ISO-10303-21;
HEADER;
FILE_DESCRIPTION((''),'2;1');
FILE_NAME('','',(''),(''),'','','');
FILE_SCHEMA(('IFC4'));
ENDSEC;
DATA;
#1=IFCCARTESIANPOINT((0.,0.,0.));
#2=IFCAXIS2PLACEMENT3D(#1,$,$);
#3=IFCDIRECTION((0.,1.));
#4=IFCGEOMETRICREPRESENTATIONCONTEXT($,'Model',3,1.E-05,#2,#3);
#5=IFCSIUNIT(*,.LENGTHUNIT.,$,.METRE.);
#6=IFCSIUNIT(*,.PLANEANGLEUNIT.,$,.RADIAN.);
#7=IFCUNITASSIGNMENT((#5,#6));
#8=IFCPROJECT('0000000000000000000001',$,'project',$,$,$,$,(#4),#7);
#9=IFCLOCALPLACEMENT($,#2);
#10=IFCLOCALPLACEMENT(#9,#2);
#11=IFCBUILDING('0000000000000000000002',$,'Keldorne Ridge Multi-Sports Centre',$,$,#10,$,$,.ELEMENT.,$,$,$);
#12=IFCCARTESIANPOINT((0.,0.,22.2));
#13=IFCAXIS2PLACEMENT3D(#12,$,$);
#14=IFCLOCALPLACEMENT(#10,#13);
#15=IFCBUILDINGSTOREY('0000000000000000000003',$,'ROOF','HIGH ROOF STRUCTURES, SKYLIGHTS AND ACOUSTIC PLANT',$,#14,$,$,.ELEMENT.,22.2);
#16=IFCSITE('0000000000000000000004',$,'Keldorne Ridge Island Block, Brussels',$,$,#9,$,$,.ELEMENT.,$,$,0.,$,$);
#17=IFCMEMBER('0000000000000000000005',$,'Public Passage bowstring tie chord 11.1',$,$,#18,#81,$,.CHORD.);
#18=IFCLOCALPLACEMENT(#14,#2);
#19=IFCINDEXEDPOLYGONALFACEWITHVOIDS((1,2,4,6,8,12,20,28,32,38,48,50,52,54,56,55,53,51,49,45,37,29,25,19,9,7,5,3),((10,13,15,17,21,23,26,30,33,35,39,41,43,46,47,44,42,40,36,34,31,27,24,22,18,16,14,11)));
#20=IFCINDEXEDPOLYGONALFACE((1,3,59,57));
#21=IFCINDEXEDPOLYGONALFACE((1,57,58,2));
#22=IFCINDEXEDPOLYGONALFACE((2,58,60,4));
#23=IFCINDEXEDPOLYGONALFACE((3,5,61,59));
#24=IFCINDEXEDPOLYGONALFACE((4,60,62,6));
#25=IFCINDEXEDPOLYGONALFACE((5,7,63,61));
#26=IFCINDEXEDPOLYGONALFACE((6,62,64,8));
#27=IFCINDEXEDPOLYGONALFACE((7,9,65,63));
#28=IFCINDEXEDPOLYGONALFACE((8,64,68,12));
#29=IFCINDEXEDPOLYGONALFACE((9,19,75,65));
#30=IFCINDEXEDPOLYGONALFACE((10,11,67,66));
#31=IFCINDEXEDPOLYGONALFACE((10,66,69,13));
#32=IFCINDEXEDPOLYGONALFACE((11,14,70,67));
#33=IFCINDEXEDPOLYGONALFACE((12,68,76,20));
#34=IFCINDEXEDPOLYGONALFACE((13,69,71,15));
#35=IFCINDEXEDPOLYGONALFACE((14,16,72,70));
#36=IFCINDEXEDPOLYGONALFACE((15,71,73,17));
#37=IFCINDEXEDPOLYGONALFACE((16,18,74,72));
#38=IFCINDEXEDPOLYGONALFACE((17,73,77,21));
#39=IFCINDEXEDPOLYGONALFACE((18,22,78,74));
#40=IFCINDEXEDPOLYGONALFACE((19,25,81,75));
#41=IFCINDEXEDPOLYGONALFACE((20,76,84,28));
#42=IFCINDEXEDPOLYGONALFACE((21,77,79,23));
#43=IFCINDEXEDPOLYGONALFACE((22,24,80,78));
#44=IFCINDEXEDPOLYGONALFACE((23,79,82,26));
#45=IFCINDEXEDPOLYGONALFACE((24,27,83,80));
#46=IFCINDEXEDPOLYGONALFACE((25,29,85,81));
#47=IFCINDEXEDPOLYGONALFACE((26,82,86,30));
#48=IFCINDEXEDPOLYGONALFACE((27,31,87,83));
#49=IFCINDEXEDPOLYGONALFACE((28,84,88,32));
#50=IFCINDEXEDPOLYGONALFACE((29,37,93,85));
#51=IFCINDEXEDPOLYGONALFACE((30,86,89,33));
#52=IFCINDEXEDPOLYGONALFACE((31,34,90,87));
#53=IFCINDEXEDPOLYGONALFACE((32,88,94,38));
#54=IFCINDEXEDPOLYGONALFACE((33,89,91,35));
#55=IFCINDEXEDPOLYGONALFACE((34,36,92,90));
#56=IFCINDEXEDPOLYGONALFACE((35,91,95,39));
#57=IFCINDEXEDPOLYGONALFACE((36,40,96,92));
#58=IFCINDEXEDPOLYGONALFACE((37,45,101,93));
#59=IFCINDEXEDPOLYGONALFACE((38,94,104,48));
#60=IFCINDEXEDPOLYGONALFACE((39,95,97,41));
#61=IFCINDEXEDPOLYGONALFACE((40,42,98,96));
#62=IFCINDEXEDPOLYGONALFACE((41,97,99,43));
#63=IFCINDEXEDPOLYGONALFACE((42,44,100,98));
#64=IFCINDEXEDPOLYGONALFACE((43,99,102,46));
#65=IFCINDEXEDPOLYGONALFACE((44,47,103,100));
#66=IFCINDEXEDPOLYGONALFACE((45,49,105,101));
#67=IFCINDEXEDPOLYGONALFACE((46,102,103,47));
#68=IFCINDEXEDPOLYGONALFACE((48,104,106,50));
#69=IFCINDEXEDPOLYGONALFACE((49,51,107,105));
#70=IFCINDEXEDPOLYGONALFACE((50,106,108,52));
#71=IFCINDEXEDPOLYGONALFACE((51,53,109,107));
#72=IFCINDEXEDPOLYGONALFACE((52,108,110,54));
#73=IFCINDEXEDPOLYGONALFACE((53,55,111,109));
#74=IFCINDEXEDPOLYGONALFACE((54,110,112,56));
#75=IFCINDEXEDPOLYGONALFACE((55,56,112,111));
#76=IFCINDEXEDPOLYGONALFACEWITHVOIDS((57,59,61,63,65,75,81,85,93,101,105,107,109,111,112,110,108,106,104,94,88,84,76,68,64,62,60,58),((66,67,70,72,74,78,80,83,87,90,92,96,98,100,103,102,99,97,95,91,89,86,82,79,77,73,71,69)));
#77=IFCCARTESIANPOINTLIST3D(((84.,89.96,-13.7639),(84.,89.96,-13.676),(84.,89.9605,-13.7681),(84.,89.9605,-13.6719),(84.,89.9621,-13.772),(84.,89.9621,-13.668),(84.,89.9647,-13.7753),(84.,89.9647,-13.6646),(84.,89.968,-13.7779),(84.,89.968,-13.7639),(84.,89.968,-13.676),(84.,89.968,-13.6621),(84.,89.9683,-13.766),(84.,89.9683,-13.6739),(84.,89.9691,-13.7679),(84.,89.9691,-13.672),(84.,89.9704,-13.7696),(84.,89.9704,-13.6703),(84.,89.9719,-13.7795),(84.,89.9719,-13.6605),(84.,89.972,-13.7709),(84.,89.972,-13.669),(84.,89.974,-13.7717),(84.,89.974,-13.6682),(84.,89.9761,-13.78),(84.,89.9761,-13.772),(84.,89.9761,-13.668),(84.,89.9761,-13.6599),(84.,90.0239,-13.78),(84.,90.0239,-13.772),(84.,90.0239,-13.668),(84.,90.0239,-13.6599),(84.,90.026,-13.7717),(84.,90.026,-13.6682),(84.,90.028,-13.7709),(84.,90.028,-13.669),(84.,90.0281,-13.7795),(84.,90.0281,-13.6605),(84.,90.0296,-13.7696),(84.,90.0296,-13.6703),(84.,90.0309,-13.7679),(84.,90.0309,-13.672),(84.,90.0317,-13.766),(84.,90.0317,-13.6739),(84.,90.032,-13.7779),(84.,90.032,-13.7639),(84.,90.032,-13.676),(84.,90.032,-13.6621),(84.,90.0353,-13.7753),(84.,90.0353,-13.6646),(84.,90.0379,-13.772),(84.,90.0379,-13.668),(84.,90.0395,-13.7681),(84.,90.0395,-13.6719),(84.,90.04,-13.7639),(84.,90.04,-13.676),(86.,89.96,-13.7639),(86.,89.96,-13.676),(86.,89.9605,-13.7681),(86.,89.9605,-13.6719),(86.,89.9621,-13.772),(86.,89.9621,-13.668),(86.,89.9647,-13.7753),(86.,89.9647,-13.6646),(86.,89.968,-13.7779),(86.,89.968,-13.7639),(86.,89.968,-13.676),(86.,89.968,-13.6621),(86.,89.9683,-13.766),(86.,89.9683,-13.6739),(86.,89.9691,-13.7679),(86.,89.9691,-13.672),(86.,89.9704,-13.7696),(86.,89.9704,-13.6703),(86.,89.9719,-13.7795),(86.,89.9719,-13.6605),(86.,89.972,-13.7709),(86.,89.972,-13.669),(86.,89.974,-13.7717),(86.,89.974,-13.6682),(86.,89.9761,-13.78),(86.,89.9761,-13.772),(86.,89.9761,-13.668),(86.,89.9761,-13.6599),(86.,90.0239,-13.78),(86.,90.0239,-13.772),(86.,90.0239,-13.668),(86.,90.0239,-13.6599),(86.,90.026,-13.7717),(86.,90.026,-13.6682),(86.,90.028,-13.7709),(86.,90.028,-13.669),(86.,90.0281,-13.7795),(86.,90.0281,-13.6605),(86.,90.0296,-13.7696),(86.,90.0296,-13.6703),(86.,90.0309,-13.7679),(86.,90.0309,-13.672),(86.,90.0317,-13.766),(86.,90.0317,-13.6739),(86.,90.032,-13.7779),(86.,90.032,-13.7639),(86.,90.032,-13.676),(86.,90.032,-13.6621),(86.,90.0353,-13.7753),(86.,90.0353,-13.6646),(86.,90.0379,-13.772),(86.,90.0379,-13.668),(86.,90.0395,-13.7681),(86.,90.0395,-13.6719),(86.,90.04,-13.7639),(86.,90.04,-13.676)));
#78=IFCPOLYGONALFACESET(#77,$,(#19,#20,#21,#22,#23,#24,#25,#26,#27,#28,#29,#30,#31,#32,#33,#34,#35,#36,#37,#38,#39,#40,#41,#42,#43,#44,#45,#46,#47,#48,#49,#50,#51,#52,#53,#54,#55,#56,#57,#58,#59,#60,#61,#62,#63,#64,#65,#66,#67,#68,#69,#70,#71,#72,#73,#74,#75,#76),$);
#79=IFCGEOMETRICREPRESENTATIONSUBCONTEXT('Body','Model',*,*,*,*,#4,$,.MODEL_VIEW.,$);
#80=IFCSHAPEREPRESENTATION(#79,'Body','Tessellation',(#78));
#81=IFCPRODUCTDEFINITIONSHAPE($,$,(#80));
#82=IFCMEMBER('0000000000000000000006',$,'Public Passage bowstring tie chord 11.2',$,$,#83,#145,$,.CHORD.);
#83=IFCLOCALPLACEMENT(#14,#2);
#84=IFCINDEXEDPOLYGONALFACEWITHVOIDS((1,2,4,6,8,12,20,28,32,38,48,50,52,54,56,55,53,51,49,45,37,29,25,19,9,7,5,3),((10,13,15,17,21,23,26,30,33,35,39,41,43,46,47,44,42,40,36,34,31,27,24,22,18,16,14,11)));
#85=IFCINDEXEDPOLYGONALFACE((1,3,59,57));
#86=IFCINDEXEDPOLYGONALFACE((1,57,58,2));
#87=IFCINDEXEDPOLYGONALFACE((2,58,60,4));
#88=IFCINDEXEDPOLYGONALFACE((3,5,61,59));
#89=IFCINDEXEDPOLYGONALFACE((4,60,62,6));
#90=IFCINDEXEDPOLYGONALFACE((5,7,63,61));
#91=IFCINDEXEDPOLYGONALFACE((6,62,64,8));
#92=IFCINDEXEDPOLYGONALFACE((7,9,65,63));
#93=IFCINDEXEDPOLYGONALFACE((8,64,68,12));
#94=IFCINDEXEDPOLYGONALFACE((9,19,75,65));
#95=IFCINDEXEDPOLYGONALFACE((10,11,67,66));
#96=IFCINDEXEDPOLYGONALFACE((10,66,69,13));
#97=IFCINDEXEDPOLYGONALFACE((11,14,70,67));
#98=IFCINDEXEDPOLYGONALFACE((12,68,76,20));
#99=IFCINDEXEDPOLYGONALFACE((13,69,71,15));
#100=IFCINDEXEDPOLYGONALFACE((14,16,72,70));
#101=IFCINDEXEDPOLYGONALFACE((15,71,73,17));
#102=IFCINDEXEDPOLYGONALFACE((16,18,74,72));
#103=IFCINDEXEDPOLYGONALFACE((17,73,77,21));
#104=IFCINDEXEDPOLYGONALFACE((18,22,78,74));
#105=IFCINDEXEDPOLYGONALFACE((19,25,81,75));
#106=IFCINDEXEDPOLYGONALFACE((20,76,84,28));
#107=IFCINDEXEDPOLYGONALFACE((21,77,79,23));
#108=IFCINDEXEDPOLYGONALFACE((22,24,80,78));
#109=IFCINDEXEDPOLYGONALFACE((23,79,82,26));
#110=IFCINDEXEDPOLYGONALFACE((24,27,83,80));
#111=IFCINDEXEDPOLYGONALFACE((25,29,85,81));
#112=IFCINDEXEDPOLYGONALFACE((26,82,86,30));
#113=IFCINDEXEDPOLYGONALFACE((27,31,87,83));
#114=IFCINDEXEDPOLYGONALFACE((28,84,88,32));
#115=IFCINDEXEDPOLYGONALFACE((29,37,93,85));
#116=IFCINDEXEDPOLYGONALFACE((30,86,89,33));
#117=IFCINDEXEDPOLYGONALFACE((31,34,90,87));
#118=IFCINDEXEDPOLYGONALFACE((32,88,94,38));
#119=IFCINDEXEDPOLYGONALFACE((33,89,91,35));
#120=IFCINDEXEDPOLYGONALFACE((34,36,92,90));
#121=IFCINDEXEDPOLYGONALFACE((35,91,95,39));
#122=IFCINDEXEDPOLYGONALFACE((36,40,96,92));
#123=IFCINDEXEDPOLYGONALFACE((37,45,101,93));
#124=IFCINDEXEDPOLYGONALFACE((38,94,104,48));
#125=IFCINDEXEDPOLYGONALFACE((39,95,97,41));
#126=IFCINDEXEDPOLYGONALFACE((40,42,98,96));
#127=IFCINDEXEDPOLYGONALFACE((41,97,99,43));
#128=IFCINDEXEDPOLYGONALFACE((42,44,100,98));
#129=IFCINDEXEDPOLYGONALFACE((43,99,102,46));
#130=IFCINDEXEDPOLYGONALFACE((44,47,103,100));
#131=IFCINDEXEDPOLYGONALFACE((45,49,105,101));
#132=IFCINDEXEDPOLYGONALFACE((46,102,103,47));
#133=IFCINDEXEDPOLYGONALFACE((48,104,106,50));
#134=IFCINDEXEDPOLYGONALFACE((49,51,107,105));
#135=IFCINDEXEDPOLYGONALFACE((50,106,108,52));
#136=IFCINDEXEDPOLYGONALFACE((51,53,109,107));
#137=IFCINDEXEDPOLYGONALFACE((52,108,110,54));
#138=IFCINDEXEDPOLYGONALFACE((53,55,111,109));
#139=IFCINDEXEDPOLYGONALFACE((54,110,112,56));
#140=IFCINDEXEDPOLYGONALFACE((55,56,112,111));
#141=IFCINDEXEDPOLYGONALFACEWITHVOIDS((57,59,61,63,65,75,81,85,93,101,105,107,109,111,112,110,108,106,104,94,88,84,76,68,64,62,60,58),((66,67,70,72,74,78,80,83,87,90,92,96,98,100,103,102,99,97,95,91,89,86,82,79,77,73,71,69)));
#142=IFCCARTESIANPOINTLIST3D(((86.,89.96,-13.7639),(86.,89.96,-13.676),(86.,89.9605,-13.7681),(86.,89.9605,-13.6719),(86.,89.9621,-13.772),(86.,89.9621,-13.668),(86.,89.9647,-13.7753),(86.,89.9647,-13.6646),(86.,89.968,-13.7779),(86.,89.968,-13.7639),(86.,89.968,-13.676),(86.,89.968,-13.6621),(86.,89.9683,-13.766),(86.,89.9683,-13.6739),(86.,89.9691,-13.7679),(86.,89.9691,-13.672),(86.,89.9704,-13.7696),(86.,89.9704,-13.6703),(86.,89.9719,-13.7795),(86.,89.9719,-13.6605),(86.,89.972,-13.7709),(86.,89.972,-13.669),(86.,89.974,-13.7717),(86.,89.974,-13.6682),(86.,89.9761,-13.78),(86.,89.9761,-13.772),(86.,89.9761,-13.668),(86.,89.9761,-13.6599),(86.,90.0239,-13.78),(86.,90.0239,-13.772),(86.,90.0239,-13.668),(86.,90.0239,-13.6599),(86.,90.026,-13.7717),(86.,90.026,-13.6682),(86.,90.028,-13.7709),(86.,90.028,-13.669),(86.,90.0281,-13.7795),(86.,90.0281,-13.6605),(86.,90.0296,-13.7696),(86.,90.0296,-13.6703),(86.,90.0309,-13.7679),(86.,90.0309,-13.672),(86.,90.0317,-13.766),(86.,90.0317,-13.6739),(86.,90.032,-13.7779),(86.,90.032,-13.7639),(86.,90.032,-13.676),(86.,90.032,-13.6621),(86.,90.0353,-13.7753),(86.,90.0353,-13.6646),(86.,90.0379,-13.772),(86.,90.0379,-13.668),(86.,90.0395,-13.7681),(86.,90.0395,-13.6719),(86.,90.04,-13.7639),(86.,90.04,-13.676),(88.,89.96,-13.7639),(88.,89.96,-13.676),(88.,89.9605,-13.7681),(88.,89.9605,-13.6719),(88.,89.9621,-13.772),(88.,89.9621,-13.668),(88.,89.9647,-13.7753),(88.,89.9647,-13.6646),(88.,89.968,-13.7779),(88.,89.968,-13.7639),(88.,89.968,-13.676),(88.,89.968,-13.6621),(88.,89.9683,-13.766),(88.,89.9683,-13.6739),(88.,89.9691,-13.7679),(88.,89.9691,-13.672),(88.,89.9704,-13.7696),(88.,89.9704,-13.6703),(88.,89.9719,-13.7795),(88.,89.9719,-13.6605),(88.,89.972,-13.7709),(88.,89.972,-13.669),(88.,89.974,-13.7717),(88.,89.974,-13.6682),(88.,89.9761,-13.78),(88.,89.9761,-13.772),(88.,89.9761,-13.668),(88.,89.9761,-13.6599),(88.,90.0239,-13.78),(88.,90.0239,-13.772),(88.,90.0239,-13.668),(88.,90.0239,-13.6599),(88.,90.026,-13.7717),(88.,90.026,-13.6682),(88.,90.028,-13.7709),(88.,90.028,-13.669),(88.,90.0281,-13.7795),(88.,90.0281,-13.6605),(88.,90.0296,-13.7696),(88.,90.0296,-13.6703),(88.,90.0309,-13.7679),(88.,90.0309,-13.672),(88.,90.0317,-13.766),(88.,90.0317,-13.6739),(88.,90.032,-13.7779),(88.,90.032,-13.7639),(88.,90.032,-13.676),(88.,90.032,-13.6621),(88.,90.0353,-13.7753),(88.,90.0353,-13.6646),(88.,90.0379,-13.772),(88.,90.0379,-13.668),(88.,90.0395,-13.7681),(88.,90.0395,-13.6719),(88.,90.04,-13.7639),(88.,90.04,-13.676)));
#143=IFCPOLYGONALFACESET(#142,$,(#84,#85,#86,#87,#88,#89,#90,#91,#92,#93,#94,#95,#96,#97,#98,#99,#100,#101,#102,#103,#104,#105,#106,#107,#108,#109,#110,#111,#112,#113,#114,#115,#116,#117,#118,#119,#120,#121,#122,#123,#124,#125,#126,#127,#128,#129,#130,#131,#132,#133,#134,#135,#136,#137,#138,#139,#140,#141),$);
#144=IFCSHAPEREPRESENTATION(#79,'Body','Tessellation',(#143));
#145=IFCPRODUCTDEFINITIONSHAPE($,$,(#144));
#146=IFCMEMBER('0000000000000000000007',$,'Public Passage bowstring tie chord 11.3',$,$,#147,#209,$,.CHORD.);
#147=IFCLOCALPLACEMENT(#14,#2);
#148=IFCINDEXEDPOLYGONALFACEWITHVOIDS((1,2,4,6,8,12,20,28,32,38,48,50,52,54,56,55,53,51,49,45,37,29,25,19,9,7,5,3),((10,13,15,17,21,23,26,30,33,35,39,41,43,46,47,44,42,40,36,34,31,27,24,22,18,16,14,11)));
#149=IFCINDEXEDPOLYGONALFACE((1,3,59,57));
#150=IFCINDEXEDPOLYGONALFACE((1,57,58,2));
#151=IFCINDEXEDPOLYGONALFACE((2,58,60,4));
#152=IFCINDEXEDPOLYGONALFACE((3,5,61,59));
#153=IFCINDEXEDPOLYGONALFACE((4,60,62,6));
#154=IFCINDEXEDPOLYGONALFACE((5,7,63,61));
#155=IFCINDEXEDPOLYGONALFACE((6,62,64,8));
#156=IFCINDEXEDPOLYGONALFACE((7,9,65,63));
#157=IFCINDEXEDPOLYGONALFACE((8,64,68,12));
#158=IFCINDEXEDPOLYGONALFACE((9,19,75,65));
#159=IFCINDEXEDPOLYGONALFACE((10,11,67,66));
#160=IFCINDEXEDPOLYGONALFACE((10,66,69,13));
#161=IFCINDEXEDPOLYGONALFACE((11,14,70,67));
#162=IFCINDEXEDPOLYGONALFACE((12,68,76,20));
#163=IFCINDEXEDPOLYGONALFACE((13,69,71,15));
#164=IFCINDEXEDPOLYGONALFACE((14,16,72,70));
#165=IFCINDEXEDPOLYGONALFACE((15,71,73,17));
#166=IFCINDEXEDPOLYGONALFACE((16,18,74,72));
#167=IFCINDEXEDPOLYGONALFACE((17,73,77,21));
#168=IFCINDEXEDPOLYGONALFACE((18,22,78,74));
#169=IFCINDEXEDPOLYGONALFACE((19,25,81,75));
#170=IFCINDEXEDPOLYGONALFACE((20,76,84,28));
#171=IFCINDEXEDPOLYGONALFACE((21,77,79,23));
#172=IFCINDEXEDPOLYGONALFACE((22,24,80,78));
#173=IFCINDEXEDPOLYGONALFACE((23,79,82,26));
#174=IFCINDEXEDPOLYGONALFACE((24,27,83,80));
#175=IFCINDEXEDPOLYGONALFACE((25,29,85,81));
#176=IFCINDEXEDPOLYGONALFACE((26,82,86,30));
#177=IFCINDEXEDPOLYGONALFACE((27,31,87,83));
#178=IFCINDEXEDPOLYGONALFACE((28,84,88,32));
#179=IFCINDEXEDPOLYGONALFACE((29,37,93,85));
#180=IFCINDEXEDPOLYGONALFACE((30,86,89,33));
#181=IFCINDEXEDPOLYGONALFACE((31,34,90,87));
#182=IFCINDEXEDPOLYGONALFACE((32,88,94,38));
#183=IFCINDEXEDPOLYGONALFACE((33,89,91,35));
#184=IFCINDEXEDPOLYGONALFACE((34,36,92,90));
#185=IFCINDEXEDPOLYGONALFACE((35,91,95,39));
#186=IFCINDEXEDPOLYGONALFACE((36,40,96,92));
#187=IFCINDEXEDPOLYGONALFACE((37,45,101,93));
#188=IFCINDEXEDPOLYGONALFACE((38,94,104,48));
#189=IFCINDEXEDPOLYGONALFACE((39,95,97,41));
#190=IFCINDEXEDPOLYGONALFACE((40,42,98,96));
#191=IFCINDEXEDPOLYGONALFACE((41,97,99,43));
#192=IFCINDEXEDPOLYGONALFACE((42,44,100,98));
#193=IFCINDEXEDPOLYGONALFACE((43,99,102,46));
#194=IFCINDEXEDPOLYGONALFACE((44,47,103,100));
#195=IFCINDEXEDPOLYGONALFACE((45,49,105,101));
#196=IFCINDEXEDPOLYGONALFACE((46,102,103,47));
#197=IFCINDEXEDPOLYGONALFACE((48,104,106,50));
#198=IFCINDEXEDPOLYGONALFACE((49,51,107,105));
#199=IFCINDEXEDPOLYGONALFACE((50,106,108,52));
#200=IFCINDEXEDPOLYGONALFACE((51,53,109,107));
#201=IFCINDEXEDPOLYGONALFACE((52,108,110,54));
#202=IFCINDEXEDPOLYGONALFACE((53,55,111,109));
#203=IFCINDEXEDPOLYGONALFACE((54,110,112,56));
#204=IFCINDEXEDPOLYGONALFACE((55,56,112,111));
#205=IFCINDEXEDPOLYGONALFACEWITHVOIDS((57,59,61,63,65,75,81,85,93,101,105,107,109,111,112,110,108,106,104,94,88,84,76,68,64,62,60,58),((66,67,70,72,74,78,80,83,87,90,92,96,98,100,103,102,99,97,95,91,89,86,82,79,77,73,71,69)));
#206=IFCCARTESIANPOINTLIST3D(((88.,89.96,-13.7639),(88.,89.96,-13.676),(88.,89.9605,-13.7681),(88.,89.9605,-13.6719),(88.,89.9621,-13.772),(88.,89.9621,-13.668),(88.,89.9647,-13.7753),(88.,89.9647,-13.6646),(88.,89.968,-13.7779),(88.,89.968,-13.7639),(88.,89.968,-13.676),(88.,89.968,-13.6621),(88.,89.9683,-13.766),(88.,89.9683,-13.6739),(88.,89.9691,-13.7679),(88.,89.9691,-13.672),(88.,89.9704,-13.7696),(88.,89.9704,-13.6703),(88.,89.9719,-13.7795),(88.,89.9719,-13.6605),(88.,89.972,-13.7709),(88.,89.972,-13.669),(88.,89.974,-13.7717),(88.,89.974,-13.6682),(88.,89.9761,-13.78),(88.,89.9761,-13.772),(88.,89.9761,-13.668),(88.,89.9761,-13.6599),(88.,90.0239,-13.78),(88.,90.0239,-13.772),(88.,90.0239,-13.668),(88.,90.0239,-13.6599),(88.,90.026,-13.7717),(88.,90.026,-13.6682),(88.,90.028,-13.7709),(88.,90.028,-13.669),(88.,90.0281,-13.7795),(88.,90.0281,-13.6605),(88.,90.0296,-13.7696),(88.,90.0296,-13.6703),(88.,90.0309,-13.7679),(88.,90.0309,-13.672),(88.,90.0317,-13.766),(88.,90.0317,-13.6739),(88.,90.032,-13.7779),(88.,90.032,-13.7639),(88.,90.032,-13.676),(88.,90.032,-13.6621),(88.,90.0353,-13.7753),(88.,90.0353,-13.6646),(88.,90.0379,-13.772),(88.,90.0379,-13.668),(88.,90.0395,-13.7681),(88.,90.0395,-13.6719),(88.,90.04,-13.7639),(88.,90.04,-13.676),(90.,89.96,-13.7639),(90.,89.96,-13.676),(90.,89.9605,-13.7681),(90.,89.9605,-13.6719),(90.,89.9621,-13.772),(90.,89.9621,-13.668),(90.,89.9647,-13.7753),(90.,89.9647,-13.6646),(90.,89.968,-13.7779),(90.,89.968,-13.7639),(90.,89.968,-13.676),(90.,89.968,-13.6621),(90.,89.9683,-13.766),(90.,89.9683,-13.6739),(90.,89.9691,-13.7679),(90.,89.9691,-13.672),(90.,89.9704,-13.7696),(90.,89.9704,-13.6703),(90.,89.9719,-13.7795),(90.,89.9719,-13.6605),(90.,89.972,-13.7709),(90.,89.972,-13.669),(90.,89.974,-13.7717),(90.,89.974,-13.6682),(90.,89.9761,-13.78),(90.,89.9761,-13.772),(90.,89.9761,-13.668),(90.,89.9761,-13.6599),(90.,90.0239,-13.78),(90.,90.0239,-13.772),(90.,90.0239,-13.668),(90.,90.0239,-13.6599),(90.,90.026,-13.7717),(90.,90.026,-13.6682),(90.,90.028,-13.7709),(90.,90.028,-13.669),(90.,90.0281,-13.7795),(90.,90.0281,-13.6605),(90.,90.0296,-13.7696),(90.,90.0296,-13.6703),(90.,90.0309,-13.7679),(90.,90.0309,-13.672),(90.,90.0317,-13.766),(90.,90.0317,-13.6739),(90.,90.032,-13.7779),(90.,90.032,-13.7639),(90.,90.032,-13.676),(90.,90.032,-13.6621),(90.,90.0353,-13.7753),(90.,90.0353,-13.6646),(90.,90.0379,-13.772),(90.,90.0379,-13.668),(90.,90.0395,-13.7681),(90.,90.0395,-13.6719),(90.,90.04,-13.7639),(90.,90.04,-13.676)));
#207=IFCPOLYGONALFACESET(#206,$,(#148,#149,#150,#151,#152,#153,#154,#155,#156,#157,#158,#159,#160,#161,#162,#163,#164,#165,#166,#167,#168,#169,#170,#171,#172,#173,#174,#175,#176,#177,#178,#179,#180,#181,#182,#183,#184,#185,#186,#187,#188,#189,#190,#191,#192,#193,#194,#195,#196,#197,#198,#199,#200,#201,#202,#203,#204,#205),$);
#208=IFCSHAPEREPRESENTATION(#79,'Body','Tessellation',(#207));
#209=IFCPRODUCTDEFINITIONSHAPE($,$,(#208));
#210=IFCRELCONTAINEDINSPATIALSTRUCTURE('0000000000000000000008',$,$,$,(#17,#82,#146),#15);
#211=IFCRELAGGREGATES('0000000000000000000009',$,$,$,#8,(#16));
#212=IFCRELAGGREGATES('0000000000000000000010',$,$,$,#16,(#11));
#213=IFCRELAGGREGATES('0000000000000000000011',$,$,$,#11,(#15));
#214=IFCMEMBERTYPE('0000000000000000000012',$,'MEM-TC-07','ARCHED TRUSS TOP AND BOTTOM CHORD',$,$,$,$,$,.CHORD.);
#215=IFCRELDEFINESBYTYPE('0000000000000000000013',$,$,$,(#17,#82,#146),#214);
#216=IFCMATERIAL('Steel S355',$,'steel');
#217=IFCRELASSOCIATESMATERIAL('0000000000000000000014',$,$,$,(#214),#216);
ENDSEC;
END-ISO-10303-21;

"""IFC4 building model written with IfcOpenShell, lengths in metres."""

from ifc_helpers import new_model, si_unit, direction, frame, origin, origin_2d, place, context, subcontext, project, spatial, hollow_rectangle, extrude, material, material_profile, profile_set, type_object, element, save


model = new_model("IFC4")

# Units and contexts
model_context = context("Model", 3, precision=1e-05, world=origin(), true_north=direction((0.0, 1.0)))
body_context = subcontext(model_context, "Body", "Model", "MODEL_VIEW")
ifc_project = project(units=[si_unit("LENGTHUNIT", "METRE"), si_unit("PLANEANGLEUNIT", "RADIAN")], contexts=[model_context])

# Site, building, storey
site_placement = place(None, origin())
site = spatial("IfcSite", under=ifc_project, at=site_placement, Name="Keldorne Ridge Island Block, Brussels", CompositionType="ELEMENT", RefElevation=0.0)
building_placement = place(site_placement, origin())
building = spatial("IfcBuilding", under=site, at=building_placement, Name="Keldorne Ridge Multi-Sports Centre", CompositionType="ELEMENT")
storey_placement = place(building_placement, frame((0.0, 0.0, 22.2)))
storey = spatial("IfcBuildingStorey", under=building, at=storey_placement, Name="ROOF", Description="HIGH ROOF STRUCTURES, SKYLIGHTS AND ACOUSTIC PLANT", CompositionType="ELEMENT", Elevation=22.2)

# Members
ifc_material = material(Name="Steel S355", Category="steel")
ifc_material_profile_1 = material_profile(ifc_material, hollow_rectangle(XDim=0.0801, YDim=0.1201, WallThickness=0.0081, InnerFilletRadius=0.0081, OuterFilletRadius=0.0161, at=origin_2d()), Name="RHS 120x80x8")
ifc_profile_set_1 = profile_set([ifc_material_profile_1], Name="Steel S355")
member_type_1 = type_object("IfcMemberType", Name="MEM-TC-07", Description="ARCHED TRUSS TOP AND BOTTOM CHORD", PredefinedType="CHORD", material=ifc_profile_set_1)
for number, where, z_axis, x_axis, name in (
    (1, (84.0, 90.0, -13.72), (1.0, 0.0, 0.0), (0.0, 1.0, 0.0), "Public Passage bowstring tie chord 11.1"),
    (2, (86.0, 90.0, -13.72), (1.0, 0.0, 0.0), (0.0, 1.0, 0.0), "Public Passage bowstring tie chord 11.2"),
    (3, (88.0, 90.0, -13.72), (1.0, 0.0, 0.0), (0.0, 1.0, 0.0), "Public Passage bowstring tie chord 11.3"),
):
    element("IfcMember", number, at=place(storey_placement, frame(where, z_axis=z_axis, x_axis=x_axis)), inside=storey, type_object=member_type_1, Name=name, PredefinedType="CHORD", context=body_context, shape_type="SweptSolid", body=[
        extrude(hollow_rectangle(XDim=0.0801, YDim=0.1201, WallThickness=0.0081, InnerFilletRadius=0.0081, OuterFilletRadius=0.0161, at=origin_2d()), origin(), (0.0, 0.0, 1.0), 2.0),
    ])

save(model, "model.ifc")
